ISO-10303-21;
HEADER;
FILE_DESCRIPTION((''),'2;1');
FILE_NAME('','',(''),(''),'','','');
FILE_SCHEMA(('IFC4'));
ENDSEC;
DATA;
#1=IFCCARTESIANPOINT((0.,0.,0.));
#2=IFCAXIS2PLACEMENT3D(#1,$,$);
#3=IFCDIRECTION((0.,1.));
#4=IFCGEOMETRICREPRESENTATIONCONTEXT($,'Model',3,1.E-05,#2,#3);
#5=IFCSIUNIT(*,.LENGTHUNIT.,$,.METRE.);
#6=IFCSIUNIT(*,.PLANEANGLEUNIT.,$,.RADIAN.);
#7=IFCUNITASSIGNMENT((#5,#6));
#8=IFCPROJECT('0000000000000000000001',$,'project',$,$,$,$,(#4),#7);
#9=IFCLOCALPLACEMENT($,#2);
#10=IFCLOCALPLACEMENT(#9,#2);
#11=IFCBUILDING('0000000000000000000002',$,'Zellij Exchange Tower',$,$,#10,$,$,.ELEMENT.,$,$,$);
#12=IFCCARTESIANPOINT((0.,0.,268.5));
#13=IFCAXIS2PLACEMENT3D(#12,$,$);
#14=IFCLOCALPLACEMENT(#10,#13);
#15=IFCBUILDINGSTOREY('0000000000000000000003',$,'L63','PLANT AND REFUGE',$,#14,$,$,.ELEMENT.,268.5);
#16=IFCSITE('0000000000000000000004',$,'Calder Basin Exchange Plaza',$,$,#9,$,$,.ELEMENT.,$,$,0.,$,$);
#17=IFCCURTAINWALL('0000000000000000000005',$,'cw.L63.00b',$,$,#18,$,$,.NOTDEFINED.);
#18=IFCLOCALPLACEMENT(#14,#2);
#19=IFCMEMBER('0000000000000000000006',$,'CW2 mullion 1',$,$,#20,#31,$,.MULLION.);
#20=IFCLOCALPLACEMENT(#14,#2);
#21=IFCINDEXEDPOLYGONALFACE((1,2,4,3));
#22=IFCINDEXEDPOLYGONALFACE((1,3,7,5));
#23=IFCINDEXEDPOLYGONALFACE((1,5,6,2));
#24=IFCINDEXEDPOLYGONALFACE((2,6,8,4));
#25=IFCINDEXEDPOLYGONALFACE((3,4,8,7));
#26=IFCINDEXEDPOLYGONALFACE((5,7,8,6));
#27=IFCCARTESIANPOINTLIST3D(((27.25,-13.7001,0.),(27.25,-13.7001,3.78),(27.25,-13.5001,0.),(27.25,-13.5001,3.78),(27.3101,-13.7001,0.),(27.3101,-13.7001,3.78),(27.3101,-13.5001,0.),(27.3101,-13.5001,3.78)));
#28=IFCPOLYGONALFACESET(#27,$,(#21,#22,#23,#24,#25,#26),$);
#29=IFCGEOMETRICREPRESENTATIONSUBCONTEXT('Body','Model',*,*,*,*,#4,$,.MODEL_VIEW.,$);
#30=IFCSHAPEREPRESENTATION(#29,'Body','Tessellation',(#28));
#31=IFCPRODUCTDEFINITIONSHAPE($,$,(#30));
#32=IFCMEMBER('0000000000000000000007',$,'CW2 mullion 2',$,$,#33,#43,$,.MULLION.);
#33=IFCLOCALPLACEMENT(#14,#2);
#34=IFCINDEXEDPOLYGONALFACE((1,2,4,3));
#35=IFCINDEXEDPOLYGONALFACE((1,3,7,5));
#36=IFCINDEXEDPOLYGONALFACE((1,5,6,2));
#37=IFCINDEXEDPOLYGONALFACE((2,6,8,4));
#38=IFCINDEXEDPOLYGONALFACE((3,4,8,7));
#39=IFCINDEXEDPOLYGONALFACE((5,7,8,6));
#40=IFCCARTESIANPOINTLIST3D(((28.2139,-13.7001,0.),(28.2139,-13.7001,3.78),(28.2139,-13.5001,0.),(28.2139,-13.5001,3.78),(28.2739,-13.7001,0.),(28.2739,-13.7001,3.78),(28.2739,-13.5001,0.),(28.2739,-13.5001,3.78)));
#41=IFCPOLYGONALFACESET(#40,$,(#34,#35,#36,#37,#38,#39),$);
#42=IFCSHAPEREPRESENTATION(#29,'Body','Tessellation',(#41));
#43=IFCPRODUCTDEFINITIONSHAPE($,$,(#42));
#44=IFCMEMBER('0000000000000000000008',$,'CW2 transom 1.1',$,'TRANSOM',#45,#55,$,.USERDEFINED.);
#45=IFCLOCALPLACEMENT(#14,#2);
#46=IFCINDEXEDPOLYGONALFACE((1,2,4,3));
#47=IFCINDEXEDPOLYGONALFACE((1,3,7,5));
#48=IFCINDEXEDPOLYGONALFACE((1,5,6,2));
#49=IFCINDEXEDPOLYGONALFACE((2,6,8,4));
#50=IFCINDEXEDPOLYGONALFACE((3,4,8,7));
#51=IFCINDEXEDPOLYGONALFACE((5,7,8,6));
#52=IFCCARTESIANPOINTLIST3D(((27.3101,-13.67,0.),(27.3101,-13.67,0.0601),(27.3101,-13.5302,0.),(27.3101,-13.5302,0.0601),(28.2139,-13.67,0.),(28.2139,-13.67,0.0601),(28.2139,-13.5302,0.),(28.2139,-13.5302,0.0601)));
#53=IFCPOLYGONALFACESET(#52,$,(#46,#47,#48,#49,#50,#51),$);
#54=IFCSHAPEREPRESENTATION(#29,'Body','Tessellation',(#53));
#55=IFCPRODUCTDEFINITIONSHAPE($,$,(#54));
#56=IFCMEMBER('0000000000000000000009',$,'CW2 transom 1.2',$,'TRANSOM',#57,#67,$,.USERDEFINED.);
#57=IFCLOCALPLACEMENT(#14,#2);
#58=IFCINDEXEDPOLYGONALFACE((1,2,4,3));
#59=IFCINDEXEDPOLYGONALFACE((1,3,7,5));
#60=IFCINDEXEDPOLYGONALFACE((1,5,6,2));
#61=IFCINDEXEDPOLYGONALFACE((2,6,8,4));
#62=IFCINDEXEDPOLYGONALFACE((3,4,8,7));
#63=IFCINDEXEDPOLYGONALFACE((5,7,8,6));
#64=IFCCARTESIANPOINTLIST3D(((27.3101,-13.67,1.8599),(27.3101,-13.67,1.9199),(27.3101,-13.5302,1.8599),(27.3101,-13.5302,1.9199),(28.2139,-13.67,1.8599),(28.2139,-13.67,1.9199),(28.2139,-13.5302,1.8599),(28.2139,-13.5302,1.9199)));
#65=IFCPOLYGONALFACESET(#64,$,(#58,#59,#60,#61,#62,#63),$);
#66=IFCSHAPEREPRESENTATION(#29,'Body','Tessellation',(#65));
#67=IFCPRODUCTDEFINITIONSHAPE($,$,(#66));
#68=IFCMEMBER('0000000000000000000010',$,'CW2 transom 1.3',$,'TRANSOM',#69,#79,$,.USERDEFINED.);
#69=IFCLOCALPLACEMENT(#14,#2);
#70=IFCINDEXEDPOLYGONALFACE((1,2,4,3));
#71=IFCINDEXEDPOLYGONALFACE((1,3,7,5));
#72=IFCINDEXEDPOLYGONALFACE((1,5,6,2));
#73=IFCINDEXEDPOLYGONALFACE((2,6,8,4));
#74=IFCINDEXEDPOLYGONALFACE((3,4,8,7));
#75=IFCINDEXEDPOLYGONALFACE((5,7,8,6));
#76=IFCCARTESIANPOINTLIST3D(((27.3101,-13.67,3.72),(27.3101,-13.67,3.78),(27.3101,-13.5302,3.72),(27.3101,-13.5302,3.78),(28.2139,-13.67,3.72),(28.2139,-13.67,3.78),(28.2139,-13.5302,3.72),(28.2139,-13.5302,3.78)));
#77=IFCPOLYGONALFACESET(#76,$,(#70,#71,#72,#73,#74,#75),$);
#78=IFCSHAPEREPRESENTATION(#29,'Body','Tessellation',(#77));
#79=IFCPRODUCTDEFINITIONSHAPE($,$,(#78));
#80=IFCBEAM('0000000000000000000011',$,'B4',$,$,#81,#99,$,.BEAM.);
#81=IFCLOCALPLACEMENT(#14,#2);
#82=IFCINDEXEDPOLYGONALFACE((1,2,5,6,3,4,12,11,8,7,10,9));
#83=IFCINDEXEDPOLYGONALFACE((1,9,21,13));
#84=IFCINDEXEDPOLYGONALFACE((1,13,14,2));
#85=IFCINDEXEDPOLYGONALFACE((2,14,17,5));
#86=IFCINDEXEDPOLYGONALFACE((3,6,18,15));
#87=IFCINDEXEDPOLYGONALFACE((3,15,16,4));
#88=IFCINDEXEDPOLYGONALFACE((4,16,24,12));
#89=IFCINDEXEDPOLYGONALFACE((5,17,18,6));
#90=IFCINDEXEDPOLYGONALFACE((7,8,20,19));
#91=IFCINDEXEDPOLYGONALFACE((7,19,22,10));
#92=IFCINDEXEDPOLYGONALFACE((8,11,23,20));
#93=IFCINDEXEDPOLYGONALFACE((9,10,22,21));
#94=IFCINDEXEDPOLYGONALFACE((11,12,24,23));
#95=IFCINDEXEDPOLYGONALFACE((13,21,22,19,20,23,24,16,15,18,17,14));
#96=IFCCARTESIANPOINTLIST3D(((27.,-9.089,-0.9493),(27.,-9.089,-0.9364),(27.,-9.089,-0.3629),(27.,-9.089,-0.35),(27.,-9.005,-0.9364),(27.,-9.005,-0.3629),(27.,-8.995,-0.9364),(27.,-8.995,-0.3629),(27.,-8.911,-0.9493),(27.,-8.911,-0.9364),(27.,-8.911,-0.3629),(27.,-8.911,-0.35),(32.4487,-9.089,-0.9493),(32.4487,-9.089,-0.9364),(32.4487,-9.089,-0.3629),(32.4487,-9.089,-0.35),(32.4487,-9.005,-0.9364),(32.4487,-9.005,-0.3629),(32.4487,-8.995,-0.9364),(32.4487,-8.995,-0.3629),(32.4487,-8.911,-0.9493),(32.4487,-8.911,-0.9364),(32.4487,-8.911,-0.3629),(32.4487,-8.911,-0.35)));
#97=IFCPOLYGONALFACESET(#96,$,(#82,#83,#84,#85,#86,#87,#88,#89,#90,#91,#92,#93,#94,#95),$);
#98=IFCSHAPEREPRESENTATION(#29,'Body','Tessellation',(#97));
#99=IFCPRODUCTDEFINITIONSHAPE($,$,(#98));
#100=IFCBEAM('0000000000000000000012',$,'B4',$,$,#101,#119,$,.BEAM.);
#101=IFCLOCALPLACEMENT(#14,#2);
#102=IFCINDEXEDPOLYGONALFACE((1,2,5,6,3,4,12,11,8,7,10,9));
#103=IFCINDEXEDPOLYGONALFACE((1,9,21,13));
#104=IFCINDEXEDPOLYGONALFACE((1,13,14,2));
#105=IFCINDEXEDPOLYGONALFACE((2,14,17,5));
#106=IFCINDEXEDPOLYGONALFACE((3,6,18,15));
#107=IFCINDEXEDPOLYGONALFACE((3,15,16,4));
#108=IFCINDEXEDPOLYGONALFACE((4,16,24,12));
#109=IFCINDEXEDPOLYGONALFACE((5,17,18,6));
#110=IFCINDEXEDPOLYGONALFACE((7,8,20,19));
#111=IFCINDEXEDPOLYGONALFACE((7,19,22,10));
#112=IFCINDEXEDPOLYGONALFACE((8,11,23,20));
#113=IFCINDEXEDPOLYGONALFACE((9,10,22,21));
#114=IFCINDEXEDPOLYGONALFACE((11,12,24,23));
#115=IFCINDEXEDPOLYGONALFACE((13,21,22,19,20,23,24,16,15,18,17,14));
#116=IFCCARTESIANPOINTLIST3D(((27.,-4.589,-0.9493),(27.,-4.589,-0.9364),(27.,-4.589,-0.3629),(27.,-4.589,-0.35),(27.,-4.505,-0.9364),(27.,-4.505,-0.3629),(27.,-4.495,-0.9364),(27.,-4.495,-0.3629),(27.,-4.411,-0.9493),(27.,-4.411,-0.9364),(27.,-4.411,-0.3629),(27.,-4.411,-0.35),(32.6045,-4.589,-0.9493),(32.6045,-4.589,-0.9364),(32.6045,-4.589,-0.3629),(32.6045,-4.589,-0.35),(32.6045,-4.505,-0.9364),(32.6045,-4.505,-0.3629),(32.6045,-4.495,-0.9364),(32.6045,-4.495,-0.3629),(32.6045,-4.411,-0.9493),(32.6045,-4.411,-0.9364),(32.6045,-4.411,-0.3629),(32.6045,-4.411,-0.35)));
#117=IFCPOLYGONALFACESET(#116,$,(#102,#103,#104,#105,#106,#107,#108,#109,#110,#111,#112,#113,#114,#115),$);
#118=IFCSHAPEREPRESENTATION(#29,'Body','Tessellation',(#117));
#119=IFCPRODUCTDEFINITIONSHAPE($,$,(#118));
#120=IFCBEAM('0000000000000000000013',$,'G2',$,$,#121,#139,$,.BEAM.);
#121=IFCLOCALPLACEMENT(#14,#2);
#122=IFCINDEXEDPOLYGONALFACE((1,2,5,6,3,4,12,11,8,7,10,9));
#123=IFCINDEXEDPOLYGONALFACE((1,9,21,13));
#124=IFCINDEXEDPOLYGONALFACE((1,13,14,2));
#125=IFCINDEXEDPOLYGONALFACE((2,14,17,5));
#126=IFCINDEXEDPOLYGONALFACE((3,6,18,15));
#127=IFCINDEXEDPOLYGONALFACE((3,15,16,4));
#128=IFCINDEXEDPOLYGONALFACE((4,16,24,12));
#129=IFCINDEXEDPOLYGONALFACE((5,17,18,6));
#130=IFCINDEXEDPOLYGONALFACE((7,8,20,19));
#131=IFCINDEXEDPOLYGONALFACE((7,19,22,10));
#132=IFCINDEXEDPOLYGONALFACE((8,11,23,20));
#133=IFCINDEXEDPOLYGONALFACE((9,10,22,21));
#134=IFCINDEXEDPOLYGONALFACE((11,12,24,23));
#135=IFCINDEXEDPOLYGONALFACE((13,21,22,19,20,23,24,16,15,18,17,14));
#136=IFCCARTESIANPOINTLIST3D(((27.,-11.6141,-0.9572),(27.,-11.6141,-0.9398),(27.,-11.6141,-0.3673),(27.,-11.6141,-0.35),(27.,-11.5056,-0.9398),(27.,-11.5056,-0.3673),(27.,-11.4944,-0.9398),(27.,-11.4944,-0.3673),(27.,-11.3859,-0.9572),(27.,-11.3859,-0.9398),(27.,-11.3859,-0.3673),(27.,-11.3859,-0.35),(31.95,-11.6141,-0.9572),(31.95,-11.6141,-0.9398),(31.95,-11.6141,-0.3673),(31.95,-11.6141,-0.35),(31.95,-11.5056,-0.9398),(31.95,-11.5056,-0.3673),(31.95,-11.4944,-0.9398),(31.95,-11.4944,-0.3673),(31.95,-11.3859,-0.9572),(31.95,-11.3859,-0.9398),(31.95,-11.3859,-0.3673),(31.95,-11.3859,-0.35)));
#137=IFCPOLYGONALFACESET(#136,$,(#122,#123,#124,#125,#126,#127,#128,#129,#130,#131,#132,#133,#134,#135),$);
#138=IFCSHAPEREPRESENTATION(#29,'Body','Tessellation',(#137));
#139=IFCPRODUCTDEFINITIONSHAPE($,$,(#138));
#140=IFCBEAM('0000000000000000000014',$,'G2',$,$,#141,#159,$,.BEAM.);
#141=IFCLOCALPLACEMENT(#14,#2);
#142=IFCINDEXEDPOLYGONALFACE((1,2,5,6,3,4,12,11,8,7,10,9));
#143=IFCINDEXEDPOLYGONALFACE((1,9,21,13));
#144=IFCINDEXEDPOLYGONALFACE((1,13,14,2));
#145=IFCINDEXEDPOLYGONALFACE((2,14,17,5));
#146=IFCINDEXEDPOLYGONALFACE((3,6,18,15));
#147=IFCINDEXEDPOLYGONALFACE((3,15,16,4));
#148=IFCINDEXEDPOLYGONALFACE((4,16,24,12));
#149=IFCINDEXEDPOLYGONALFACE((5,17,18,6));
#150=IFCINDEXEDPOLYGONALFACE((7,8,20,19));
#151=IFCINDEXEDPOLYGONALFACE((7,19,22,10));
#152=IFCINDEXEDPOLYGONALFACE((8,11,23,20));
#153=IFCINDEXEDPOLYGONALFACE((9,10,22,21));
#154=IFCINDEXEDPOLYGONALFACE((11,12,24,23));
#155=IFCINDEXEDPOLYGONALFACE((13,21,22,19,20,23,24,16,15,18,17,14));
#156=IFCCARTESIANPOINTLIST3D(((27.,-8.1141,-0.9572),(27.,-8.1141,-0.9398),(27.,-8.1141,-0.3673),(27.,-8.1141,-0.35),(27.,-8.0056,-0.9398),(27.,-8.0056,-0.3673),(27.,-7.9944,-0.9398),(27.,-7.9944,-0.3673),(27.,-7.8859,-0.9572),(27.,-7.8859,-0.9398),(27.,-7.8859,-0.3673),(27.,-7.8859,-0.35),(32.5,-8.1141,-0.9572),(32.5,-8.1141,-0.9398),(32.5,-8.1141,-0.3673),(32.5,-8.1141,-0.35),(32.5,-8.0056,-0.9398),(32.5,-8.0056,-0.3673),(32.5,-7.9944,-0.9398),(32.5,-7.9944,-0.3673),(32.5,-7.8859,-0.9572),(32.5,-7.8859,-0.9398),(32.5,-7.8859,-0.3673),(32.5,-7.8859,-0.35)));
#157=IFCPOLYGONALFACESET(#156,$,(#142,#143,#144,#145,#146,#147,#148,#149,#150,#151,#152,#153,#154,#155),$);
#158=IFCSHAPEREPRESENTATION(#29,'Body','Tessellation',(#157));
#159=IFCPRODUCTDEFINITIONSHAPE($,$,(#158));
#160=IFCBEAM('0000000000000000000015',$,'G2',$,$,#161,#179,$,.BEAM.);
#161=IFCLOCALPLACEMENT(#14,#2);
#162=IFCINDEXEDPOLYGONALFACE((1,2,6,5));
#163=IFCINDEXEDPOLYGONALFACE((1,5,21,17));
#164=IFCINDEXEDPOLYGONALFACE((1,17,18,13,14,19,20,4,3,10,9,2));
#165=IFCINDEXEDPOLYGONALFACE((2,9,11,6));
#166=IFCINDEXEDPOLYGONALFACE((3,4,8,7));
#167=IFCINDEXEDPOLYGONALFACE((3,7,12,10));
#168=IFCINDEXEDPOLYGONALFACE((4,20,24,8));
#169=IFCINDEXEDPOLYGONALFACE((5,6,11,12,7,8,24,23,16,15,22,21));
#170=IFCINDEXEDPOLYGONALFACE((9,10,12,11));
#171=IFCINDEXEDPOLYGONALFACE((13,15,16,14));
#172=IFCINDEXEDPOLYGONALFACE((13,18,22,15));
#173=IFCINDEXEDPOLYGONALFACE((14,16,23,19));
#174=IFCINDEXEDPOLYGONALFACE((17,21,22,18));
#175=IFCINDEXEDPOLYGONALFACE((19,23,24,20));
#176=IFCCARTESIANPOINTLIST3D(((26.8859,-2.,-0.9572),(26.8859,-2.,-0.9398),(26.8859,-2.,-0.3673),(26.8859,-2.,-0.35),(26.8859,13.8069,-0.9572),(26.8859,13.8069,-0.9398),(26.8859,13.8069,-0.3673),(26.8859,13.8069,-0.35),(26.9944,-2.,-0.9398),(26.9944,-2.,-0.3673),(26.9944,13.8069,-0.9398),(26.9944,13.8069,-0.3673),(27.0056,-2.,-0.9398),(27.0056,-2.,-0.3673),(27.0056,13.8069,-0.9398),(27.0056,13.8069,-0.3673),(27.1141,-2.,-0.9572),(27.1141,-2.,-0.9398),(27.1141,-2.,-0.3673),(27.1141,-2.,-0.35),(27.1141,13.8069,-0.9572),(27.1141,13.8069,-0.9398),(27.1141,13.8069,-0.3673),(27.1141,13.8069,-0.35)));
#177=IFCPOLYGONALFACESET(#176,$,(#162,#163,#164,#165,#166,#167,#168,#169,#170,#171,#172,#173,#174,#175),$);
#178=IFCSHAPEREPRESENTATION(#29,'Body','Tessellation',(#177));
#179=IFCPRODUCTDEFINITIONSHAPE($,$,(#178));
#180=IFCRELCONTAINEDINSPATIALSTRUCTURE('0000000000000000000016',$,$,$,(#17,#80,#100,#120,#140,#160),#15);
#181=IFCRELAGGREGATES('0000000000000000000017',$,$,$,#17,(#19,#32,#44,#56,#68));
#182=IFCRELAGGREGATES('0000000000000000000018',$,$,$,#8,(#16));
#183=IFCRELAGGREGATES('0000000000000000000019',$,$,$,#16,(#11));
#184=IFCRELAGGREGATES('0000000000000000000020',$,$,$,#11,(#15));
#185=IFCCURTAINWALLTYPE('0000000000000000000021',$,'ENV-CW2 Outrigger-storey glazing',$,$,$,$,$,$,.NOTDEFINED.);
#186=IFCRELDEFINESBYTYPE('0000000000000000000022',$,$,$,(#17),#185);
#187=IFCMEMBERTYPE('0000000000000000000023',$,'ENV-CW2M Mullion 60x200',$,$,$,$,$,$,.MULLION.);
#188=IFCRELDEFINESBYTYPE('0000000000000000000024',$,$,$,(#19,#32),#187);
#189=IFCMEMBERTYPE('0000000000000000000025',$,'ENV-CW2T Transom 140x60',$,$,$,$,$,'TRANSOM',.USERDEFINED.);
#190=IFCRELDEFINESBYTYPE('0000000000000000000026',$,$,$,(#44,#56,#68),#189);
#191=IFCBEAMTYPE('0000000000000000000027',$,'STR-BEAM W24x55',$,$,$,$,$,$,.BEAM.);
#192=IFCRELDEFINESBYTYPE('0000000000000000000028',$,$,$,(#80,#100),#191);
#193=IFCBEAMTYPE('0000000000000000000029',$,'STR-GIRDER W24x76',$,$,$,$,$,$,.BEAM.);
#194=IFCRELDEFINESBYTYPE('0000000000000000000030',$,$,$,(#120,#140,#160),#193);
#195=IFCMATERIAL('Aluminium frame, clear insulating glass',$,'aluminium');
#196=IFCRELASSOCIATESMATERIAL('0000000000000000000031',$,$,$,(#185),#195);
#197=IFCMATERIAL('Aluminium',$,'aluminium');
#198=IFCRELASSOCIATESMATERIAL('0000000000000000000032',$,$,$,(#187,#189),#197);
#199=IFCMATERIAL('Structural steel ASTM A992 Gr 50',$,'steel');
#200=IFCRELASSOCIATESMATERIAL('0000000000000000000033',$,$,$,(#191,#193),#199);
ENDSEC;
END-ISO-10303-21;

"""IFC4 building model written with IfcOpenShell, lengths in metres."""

from ifc_helpers import new_model, si_unit, direction, frame, origin, origin_2d, place, context, subcontext, project, spatial, rectangle, i_section, extrude, material, material_profile, profile_set, type_object, element, aggregate, save


model = new_model("IFC4")

# Units and contexts
model_context = context("Model", 3, precision=1e-05, world=origin(), true_north=direction((0.0, 1.0)))
body_context = subcontext(model_context, "Body", "Model", "MODEL_VIEW")
ifc_project = project(units=[si_unit("LENGTHUNIT", "METRE"), si_unit("PLANEANGLEUNIT", "RADIAN")], contexts=[model_context])

# Site, building, storey
site_placement = place(None, origin())
site = spatial("IfcSite", under=ifc_project, at=site_placement, Name="Calder Basin Exchange Plaza", CompositionType="ELEMENT", RefElevation=0.0)
building_placement = place(site_placement, origin())
building = spatial("IfcBuilding", under=site, at=building_placement, Name="Zellij Exchange Tower", CompositionType="ELEMENT")
storey_placement = place(building_placement, frame((0.0, 0.0, 268.5)))
storey = spatial("IfcBuildingStorey", under=building, at=storey_placement, Name="L63", Description="PLANT AND REFUGE", CompositionType="ELEMENT", Elevation=268.5)

# Curtain wall, members
ifc_material_1 = material(Name="Aluminium frame, clear insulating glass", Category="aluminium")
curtain_wall_type = type_object("IfcCurtainWallType", Name="ENV-CW2 Outrigger-storey glazing", PredefinedType="NOTDEFINED", material=ifc_material_1)
curtain_wall_placement = place(storey_placement, origin())
curtain_wall = element("IfcCurtainWall", 1, at=curtain_wall_placement, inside=storey, type_object=curtain_wall_type, Name="cw.L63.00b", PredefinedType="NOTDEFINED")
ifc_material_2 = material(Name="Aluminium", Category="aluminium")
ifc_material_profile_1 = material_profile(ifc_material_2, rectangle(XDim=0.0601, YDim=0.2, at=origin_2d()), Name="AL 60x200")
ifc_profile_set_1 = profile_set([ifc_material_profile_1], Name="Aluminium")
member_type_1 = type_object("IfcMemberType", Name="ENV-CW2M Mullion 60x200", PredefinedType="MULLION", material=ifc_profile_set_1)
member_1_placement = place(storey_placement, frame((27.28, -13.6001, 0.0), z_axis=(0.0, 0.0, 1.0), x_axis=(1.0, 0.0, 0.0)))
member_1 = element("IfcMember", 2, at=member_1_placement, type_object=member_type_1, Name="CW2 mullion 1", PredefinedType="MULLION", context=body_context, shape_type="SweptSolid", body=[
    extrude(rectangle(XDim=0.0601, YDim=0.2, at=origin_2d()), origin(), (0.0, 0.0, 1.0), 3.78),
])
member_2_placement = place(storey_placement, frame((28.2439, -13.6001, 0.0), z_axis=(0.0, 0.0, 1.0), x_axis=(1.0, 0.0, 0.0)))
member_2 = element("IfcMember", 3, at=member_2_placement, type_object=member_type_1, Name="CW2 mullion 2", PredefinedType="MULLION", context=body_context, shape_type="SweptSolid", body=[
    extrude(rectangle(XDim=0.0601, YDim=0.2, at=origin_2d()), origin(), (0.0, 0.0, 1.0), 3.78),
])
ifc_material_profile_2 = material_profile(ifc_material_2, rectangle(XDim=0.1399, YDim=0.0601, at=origin_2d()), Name="AL 140x60")
ifc_profile_set_2 = profile_set([ifc_material_profile_2], Name="Aluminium")
member_type_2 = type_object("IfcMemberType", Name="ENV-CW2T Transom 140x60", ElementType="TRANSOM", PredefinedType="USERDEFINED", material=ifc_profile_set_2)
member_3_placement = place(storey_placement, frame((27.3101, -13.6001, 0.03), z_axis=(1.0, 0.0, 0.0), x_axis=(0.0, 1.0, 0.0)))
member_3 = element("IfcMember", 4, at=member_3_placement, type_object=member_type_2, Name="CW2 transom 1.1", ObjectType="TRANSOM", PredefinedType="USERDEFINED", context=body_context, shape_type="SweptSolid", body=[
    extrude(rectangle(XDim=0.1399, YDim=0.0601, at=origin_2d()), origin(), (0.0, 0.0, 1.0), 0.9038),
])
member_4_placement = place(storey_placement, frame((27.3101, -13.6001, 1.8899), z_axis=(1.0, 0.0, 0.0), x_axis=(0.0, 1.0, 0.0)))
member_4 = element("IfcMember", 5, at=member_4_placement, type_object=member_type_2, Name="CW2 transom 1.2", ObjectType="TRANSOM", PredefinedType="USERDEFINED", context=body_context, shape_type="SweptSolid", body=[
    extrude(rectangle(XDim=0.1399, YDim=0.0601, at=origin_2d()), origin(), (0.0, 0.0, 1.0), 0.9038),
])
member_5_placement = place(storey_placement, frame((27.3101, -13.6001, 3.75), z_axis=(1.0, 0.0, 0.0), x_axis=(0.0, 1.0, 0.0)))
member_5 = element("IfcMember", 6, at=member_5_placement, type_object=member_type_2, Name="CW2 transom 1.3", ObjectType="TRANSOM", PredefinedType="USERDEFINED", context=body_context, shape_type="SweptSolid", body=[
    extrude(rectangle(XDim=0.1399, YDim=0.0601, at=origin_2d()), origin(), (0.0, 0.0, 1.0), 0.9038),
])

# Beams
ifc_material_3 = material(Name="Structural steel ASTM A992 Gr 50", Category="steel")
ifc_material_profile_3 = material_profile(ifc_material_3, i_section(OverallWidth=0.178, OverallDepth=0.5994, WebThickness=0.01, FlangeThickness=0.0129, at=origin_2d()), Name="W24x55")
ifc_profile_set_3 = profile_set([ifc_material_profile_3], Name="Structural steel ASTM A992 Gr 50")
beam_type_1 = type_object("IfcBeamType", Name="STR-BEAM W24x55", PredefinedType="BEAM", material=ifc_profile_set_3)
beam_1_placement = place(storey_placement, frame((27.0, -9.0, -0.6497), z_axis=(1.0, 0.0, 0.0), x_axis=(0.0, 1.0, 0.0)))
element("IfcBeam", 7, at=beam_1_placement, inside=storey, type_object=beam_type_1, Name="B4", PredefinedType="BEAM", context=body_context, shape_type="SweptSolid", body=[
    extrude(i_section(OverallWidth=0.178, OverallDepth=0.5994, WebThickness=0.01, FlangeThickness=0.0129, at=origin_2d()), origin(), (0.0, 0.0, 1.0), 5.4487),
])
beam_2_placement = place(storey_placement, frame((27.0, -4.5, -0.6497), z_axis=(1.0, 0.0, 0.0), x_axis=(0.0, 1.0, 0.0)))
element("IfcBeam", 8, at=beam_2_placement, inside=storey, type_object=beam_type_1, Name="B4", PredefinedType="BEAM", context=body_context, shape_type="SweptSolid", body=[
    extrude(i_section(OverallWidth=0.178, OverallDepth=0.5994, WebThickness=0.01, FlangeThickness=0.0129, at=origin_2d()), origin(), (0.0, 0.0, 1.0), 5.6045),
])
ifc_material_profile_4 = material_profile(ifc_material_3, i_section(OverallWidth=0.2283, OverallDepth=0.6072, WebThickness=0.0112, FlangeThickness=0.0173, at=origin_2d()), Name="W24x76")
ifc_profile_set_4 = profile_set([ifc_material_profile_4], Name="Structural steel ASTM A992 Gr 50")
beam_type_2 = type_object("IfcBeamType", Name="STR-GIRDER W24x76", PredefinedType="BEAM", material=ifc_profile_set_4)
beam_3_placement = place(storey_placement, frame((27.0, -11.5, -0.6536), z_axis=(1.0, 0.0, 0.0), x_axis=(0.0, 1.0, 0.0)))
element("IfcBeam", 9, at=beam_3_placement, inside=storey, type_object=beam_type_2, Name="G2", PredefinedType="BEAM", context=body_context, shape_type="SweptSolid", body=[
    extrude(i_section(OverallWidth=0.2283, OverallDepth=0.6072, WebThickness=0.0112, FlangeThickness=0.0173, at=origin_2d()), origin(), (0.0, 0.0, 1.0), 4.95),
])
beam_4_placement = place(storey_placement, frame((27.0, -8.0, -0.6536), z_axis=(1.0, 0.0, 0.0), x_axis=(0.0, 1.0, 0.0)))
element("IfcBeam", 10, at=beam_4_placement, inside=storey, type_object=beam_type_2, Name="G2", PredefinedType="BEAM", context=body_context, shape_type="SweptSolid", body=[
    extrude(i_section(OverallWidth=0.2283, OverallDepth=0.6072, WebThickness=0.0112, FlangeThickness=0.0173, at=origin_2d()), origin(), (0.0, 0.0, 1.0), 5.5),
])
beam_5_placement = place(storey_placement, frame((27.0, -2.0, -0.6536), z_axis=(0.0, 1.0, 0.0), x_axis=(-1.0, 0.0, 0.0)))
element("IfcBeam", 11, at=beam_5_placement, inside=storey, type_object=beam_type_2, Name="G2", PredefinedType="BEAM", context=body_context, shape_type="SweptSolid", body=[
    extrude(i_section(OverallWidth=0.2283, OverallDepth=0.6072, WebThickness=0.0112, FlangeThickness=0.0173, at=origin_2d()), origin(), (0.0, 0.0, 1.0), 15.8069),
])

aggregate(curtain_wall, [member_1, member_2, member_3, member_4, member_5])

save(model, "model.ifc")
